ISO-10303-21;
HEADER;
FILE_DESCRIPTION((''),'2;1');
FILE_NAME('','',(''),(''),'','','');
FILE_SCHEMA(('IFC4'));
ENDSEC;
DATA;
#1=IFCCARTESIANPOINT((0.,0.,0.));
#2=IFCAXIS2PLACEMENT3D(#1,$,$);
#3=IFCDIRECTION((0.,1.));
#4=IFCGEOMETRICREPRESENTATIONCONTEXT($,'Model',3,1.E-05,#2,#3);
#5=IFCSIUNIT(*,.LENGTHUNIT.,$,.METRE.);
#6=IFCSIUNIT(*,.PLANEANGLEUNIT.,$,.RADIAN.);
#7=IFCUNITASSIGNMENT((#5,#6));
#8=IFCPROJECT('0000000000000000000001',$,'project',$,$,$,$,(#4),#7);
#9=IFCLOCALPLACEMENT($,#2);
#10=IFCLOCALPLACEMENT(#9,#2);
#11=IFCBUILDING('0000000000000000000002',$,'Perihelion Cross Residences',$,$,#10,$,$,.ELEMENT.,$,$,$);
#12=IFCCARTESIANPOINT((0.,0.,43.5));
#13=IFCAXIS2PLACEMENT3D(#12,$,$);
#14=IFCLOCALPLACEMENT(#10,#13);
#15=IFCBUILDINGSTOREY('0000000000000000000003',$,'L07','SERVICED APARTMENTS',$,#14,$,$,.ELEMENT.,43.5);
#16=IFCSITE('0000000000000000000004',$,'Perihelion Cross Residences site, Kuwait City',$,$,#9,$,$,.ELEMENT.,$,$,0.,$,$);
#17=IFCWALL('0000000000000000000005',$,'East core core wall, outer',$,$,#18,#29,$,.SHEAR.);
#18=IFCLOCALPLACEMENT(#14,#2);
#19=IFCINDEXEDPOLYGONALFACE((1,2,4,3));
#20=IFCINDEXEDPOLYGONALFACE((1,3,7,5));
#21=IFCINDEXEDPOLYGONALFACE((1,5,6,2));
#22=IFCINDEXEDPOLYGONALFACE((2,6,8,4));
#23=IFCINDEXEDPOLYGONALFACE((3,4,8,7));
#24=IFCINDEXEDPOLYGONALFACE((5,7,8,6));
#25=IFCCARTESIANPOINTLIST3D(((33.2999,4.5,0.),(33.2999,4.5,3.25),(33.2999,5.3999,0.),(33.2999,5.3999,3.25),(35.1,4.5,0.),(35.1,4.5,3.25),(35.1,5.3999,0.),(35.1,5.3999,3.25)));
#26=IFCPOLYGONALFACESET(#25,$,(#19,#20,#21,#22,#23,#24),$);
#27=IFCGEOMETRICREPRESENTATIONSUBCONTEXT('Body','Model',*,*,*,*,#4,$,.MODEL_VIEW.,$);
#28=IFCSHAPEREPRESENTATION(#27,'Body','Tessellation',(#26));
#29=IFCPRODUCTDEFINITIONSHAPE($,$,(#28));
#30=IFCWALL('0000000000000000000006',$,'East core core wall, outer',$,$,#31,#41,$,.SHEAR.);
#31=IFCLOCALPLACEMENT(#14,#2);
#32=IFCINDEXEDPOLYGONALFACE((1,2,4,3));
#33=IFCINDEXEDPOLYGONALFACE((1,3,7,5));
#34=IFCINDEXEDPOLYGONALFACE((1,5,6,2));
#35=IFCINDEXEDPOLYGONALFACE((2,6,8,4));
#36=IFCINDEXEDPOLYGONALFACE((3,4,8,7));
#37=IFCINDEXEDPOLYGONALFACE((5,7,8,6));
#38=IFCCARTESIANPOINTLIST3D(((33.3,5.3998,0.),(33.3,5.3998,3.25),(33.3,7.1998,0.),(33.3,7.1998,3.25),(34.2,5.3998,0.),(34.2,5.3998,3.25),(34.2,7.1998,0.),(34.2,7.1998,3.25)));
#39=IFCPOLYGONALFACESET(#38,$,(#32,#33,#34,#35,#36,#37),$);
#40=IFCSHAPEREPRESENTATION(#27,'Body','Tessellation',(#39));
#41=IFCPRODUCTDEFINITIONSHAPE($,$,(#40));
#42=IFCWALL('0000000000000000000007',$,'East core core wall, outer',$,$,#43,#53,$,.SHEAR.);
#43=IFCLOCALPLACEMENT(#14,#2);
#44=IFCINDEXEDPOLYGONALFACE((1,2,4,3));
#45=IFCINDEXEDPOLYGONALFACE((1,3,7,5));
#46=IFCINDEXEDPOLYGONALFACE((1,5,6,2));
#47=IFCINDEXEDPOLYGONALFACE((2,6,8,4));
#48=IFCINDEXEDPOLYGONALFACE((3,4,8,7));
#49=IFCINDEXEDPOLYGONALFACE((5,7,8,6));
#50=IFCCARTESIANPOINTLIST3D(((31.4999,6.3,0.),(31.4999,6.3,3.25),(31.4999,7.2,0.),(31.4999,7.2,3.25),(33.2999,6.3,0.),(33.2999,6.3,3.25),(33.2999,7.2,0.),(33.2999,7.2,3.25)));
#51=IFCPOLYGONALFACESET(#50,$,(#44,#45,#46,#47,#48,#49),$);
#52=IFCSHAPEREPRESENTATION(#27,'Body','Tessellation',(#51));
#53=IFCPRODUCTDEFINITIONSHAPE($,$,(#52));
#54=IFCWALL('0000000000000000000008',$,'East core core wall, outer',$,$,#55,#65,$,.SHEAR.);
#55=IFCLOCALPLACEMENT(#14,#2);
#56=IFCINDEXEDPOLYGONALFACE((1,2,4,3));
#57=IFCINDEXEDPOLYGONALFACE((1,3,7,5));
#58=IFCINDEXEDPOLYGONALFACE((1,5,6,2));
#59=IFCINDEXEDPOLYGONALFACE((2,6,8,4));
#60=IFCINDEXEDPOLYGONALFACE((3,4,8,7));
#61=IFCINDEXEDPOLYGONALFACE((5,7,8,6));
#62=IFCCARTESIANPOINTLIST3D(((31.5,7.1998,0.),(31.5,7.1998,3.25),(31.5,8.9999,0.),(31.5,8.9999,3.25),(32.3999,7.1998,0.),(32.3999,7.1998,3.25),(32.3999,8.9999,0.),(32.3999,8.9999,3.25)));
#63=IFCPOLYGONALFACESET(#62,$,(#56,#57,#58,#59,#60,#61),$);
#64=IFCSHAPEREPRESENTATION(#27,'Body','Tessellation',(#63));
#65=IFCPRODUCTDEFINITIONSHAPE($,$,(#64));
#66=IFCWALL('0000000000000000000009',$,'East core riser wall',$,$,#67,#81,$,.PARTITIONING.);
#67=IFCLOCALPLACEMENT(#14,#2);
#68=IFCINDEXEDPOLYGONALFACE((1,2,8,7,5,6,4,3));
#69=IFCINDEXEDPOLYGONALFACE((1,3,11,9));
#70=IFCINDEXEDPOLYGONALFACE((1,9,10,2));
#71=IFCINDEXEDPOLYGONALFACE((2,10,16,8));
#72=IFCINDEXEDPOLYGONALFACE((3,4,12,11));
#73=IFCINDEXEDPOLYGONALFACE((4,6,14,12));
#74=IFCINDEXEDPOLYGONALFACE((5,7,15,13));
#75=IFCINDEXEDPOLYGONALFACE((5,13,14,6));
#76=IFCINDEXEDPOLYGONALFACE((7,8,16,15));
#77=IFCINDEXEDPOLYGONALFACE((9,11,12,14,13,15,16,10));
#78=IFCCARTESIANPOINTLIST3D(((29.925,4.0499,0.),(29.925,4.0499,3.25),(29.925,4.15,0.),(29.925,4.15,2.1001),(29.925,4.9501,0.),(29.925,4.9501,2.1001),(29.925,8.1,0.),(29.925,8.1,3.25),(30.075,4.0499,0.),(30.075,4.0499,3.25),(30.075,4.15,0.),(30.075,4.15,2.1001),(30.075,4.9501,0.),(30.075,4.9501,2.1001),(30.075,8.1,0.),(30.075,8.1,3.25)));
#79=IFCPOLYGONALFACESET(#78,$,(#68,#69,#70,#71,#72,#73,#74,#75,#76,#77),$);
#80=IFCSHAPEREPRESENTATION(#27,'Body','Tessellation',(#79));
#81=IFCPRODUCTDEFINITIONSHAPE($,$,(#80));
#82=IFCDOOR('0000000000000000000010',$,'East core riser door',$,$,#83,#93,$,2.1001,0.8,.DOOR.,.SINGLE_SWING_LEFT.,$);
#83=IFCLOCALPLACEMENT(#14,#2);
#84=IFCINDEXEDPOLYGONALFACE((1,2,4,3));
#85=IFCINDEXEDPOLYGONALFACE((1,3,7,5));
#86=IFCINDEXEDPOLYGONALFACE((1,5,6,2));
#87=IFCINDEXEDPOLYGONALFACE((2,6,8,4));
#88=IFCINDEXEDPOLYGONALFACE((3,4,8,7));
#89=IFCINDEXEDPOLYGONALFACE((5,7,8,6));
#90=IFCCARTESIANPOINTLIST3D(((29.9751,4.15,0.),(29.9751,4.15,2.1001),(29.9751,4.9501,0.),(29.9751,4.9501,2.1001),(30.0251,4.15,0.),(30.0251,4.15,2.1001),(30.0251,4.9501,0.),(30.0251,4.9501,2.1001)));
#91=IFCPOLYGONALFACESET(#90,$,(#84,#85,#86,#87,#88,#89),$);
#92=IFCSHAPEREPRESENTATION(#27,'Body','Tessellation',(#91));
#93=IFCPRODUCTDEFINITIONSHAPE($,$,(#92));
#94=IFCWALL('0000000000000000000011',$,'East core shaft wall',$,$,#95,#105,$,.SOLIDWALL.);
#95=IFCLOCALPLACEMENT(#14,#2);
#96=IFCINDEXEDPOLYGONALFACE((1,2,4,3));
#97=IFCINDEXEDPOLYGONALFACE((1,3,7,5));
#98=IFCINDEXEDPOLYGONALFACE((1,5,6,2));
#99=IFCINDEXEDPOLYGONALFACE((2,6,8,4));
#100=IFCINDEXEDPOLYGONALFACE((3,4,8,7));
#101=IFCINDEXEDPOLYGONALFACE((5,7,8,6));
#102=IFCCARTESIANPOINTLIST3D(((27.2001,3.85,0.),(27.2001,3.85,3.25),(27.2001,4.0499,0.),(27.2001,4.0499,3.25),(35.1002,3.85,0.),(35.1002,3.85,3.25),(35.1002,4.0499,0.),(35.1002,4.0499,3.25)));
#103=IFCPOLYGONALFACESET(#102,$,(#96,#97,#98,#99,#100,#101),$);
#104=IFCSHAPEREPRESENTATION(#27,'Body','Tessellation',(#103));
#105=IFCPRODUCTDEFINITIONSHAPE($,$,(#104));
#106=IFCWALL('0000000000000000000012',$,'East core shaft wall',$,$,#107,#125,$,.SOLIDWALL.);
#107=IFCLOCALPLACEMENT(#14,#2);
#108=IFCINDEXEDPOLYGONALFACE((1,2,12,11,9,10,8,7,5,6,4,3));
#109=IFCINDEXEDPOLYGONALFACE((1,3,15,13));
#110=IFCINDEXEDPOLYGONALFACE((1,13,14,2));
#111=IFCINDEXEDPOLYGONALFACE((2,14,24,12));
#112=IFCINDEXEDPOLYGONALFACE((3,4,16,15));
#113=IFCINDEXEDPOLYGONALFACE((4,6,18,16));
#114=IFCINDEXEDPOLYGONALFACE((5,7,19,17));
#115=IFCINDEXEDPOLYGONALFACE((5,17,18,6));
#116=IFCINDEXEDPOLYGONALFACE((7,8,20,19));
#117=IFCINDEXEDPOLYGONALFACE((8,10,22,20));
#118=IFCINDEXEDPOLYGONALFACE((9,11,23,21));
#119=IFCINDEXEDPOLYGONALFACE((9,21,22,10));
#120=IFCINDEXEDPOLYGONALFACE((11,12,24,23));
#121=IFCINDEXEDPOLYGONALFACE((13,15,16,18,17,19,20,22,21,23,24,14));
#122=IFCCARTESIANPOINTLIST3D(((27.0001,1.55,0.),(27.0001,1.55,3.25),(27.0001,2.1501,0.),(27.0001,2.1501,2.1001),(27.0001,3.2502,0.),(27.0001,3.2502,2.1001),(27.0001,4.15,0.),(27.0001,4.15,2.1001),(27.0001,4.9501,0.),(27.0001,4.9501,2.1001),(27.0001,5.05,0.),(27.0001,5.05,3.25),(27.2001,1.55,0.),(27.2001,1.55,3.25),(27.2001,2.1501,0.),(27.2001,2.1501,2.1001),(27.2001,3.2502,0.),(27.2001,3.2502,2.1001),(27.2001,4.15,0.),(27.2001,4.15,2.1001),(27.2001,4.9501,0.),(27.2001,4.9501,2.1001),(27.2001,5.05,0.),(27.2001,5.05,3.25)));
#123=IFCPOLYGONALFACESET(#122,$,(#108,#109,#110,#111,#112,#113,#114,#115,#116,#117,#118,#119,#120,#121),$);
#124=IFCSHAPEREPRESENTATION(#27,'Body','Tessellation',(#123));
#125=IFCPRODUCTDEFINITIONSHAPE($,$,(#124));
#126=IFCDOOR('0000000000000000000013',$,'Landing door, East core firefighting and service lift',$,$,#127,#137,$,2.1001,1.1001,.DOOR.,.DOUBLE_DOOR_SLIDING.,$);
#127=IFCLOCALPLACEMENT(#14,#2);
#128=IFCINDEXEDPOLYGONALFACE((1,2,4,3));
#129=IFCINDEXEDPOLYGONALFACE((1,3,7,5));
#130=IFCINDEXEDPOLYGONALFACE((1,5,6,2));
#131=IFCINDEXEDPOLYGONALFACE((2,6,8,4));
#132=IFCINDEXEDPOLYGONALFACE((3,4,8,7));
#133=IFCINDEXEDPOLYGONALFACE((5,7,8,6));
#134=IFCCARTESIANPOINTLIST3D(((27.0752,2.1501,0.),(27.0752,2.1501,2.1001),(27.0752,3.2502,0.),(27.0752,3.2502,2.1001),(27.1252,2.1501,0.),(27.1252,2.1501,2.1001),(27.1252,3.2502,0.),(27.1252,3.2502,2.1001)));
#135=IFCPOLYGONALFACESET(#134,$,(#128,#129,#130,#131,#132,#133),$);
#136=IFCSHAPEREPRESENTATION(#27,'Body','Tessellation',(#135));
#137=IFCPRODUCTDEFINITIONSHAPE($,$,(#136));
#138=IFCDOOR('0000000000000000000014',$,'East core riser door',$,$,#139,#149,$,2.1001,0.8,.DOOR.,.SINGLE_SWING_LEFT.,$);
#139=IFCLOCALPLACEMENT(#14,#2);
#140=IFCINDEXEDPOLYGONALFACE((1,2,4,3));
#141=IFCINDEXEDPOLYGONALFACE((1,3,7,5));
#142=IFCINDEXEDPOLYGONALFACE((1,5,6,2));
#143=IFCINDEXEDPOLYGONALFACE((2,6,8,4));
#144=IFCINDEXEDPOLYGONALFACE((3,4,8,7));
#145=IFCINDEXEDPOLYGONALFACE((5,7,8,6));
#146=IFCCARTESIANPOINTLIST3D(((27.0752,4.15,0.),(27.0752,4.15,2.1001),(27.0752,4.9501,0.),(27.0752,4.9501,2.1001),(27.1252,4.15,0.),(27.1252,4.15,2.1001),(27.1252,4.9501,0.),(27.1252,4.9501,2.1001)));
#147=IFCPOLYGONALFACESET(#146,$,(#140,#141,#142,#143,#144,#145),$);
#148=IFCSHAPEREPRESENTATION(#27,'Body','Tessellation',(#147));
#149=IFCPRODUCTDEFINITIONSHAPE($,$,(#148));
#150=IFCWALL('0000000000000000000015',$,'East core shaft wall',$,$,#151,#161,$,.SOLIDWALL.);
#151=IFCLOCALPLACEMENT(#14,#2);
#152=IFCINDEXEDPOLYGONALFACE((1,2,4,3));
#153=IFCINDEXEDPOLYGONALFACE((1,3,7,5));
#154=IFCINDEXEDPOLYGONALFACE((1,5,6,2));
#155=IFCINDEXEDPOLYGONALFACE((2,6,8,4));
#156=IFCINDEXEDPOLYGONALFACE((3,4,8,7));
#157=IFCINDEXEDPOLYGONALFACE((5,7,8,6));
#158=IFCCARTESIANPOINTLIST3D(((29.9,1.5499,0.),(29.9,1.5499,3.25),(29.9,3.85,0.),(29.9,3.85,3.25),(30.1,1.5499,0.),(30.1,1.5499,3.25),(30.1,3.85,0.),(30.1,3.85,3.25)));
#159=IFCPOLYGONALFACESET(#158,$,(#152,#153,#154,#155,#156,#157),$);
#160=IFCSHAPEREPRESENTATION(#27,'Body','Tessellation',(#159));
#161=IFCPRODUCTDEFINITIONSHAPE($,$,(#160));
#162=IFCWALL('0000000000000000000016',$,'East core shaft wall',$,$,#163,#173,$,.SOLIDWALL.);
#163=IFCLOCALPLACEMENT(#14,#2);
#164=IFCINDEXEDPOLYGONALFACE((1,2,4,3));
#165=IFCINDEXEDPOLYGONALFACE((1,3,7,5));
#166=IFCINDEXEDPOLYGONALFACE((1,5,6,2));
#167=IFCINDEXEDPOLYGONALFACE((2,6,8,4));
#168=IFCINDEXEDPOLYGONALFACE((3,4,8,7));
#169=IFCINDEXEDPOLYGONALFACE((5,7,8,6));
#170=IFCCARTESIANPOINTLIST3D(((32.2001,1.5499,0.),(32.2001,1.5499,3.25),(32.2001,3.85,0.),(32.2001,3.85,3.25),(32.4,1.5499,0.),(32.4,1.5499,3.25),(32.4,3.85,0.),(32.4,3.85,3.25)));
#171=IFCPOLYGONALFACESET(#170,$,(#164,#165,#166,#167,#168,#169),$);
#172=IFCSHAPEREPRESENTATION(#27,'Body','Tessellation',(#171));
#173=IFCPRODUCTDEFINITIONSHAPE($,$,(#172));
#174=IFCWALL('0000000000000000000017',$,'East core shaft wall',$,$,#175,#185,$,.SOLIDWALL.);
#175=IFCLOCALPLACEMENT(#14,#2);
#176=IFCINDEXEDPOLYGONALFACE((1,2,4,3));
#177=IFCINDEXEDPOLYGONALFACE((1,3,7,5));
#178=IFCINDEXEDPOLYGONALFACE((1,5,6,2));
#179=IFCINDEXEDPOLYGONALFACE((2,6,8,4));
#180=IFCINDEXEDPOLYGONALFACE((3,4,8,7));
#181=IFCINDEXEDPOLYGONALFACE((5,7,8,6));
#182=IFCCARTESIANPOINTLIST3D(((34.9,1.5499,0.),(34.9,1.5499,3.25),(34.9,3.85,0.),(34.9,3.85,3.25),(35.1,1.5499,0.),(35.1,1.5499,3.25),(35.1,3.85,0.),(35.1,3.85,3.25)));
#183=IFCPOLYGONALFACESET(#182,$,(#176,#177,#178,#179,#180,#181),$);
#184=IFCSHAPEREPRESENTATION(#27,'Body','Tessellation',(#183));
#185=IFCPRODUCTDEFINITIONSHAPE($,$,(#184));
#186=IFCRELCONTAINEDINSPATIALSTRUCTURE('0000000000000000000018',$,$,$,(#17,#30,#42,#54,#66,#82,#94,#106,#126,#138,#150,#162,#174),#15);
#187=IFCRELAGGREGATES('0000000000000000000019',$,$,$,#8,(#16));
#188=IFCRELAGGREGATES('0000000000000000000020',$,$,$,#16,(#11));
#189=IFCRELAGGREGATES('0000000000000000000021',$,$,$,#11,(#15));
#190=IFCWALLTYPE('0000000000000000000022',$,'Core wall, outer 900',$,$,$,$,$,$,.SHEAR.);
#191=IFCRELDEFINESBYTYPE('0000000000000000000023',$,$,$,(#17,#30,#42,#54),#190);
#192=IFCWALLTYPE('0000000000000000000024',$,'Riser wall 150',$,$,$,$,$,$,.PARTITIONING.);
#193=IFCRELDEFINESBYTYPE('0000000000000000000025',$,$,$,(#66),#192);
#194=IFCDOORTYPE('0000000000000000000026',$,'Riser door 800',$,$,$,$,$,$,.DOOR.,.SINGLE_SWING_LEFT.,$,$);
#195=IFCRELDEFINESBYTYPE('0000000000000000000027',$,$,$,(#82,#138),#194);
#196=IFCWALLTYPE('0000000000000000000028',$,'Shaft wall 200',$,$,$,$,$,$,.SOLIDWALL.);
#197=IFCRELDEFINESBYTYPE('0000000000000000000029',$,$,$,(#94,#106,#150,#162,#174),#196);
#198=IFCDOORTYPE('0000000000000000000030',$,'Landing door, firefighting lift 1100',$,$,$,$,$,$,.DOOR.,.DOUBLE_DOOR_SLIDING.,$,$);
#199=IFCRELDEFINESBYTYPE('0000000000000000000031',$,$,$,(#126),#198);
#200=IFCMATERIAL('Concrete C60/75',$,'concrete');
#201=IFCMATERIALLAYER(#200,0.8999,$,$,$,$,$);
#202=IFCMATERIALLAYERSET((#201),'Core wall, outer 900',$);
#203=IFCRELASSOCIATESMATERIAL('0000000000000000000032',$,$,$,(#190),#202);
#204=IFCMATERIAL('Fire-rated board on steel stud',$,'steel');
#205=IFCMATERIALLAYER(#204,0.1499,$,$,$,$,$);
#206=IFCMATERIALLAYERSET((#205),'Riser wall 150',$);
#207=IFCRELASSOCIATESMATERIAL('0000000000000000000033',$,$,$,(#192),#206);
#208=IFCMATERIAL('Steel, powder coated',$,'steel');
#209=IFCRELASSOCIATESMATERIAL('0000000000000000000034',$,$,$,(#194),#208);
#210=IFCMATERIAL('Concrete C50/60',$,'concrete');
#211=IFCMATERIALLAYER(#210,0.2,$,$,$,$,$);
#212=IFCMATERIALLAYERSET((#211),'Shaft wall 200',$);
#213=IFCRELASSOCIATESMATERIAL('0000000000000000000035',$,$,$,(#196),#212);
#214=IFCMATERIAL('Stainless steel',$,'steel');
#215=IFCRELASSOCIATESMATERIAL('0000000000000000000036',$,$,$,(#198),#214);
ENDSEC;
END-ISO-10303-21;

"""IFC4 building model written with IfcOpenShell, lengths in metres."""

from ifc_helpers import new_model, si_unit, direction, frame, frame_2d, origin, place, context, subcontext, project, spatial, rectangle, extrude, material, layer, layer_set, type_object, element, fill, save


model = new_model("IFC4")

# Units and contexts
model_context = context("Model", 3, precision=1e-05, world=origin(), true_north=direction((0.0, 1.0)))
body_context = subcontext(model_context, "Body", "Model", "MODEL_VIEW")
ifc_project = project(units=[si_unit("LENGTHUNIT", "METRE"), si_unit("PLANEANGLEUNIT", "RADIAN")], contexts=[model_context])

# Site, building, storey
site_placement = place(None, origin())
site = spatial("IfcSite", under=ifc_project, at=site_placement, Name="Perihelion Cross Residences site, Kuwait City", CompositionType="ELEMENT", RefElevation=0.0)
building_placement = place(site_placement, origin())
building = spatial("IfcBuilding", under=site, at=building_placement, Name="Perihelion Cross Residences", CompositionType="ELEMENT")
storey_placement = place(building_placement, frame((0.0, 0.0, 43.5)))
storey = spatial("IfcBuildingStorey", under=building, at=storey_placement, Name="L07", Description="SERVICED APARTMENTS", CompositionType="ELEMENT", Elevation=43.5)

# Walls
ifc_material_1 = material(Name="Concrete C60/75", Category="concrete")
ifc_layer_1 = layer(ifc_material_1, 0.8999)
ifc_layer_set_1 = layer_set([ifc_layer_1], Name="Core wall, outer 900")
wall_type_1 = type_object("IfcWallType", Name="Core wall, outer 900", PredefinedType="SHEAR", material=ifc_layer_set_1)
for number, where, z_axis, x_axis, name in (
    (1, (33.3, 4.95, 0.0), (0.0, 0.0, 1.0), (1.0, 0.0, 0.0), "East core core wall, outer"),
    (2, (33.75, 5.3999, 0.0), (0.0, 0.0, 1.0), (0.0, 1.0, 0.0), "East core core wall, outer"),
    (3, (31.5, 6.75, 0.0), (0.0, 0.0, 1.0), (1.0, 0.0, 0.0), "East core core wall, outer"),
    (4, (31.95, 7.2, 0.0), (0.0, 0.0, 1.0), (0.0, 1.0, 0.0), "East core core wall, outer"),
):
    element("IfcWall", number, at=place(storey_placement, frame(where, z_axis=z_axis, x_axis=x_axis)), inside=storey, type_object=wall_type_1, Name=name, PredefinedType="SHEAR", context=body_context, shape_type="SweptSolid", body=[
        extrude(rectangle(XDim=1.8, YDim=0.8999, at=frame_2d((0.8999, 0.0))), origin(), (0.0, 0.0, 1.0), 3.25),
    ])

# Wall, opening, door
ifc_material_2 = material(Name="Fire-rated board on steel stud", Category="steel")
ifc_layer_2 = layer(ifc_material_2, 0.1499)
ifc_layer_set_2 = layer_set([ifc_layer_2], Name="Riser wall 150")
wall_type_2 = type_object("IfcWallType", Name="Riser wall 150", PredefinedType="PARTITIONING", material=ifc_layer_set_2)
wall_1_placement = place(storey_placement, frame((30.0, 4.05, 0.0), z_axis=(0.0, 0.0, 1.0), x_axis=(0.0, 1.0, 0.0)))
wall_1 = element("IfcWall", 5, at=wall_1_placement, inside=storey, type_object=wall_type_2, Name="East core riser wall", PredefinedType="PARTITIONING", context=body_context, shape_type="SweptSolid", body=[
    extrude(rectangle(XDim=4.05, YDim=0.1499, at=frame_2d((2.0249, 0.0))), origin(), (0.0, 0.0, 1.0), 3.25),
])
opening_1_placement = place(wall_1_placement, frame((0.1001, 0.0, 0.0)))
opening_1 = element("IfcOpeningElement", 6, at=opening_1_placement, cuts=wall_1, PredefinedType="OPENING", context=body_context, shape_type="SweptSolid", body=[
    extrude(rectangle(XDim=0.8, YDim=2.1001, at=frame_2d((0.3999, 1.05))), frame((0.0, 0.085, 0.0), z_axis=(0.0, -1.0, 0.0), x_axis=(1.0, 0.0, 0.0)), (0.0, 0.0, 1.0), 0.1699),
])
ifc_material_3 = material(Name="Steel, powder coated", Category="steel")
door_type_1 = type_object("IfcDoorType", Name="Riser door 800", OperationType="SINGLE_SWING_LEFT", PredefinedType="DOOR", material=ifc_material_3)
door_1_placement = place(opening_1_placement, origin())
door_1 = element("IfcDoor", 7, at=door_1_placement, inside=storey, type_object=door_type_1, Name="East core riser door", OperationType="SINGLE_SWING_LEFT", OverallHeight=2.1001, OverallWidth=0.8, PredefinedType="DOOR", context=body_context, shape_type="SweptSolid", body=[
    extrude(rectangle(XDim=0.8, YDim=2.1001, at=frame_2d((0.3999, 1.05))), frame((0.0, 0.0249, 0.0), z_axis=(0.0, -1.0, 0.0), x_axis=(1.0, 0.0, 0.0)), (0.0, 0.0, 1.0), 0.05),
])
fill(opening_1, door_1)

# Wall
ifc_material_4 = material(Name="Concrete C50/60", Category="concrete")
ifc_layer_3 = layer(ifc_material_4, 0.2)
ifc_layer_set_3 = layer_set([ifc_layer_3], Name="Shaft wall 200")
wall_type_3 = type_object("IfcWallType", Name="Shaft wall 200", PredefinedType="SOLIDWALL", material=ifc_layer_set_3)
wall_2_placement = place(storey_placement, frame((27.2, 3.95, 0.0), z_axis=(0.0, 0.0, 1.0), x_axis=(1.0, 0.0, 0.0)))
element("IfcWall", 8, at=wall_2_placement, inside=storey, type_object=wall_type_3, Name="East core shaft wall", PredefinedType="SOLIDWALL", context=body_context, shape_type="SweptSolid", body=[
    extrude(rectangle(XDim=7.9001, YDim=0.2, at=frame_2d((3.9502, 0.0))), origin(), (0.0, 0.0, 1.0), 3.25),
])

# Wall, openings, doors
wall_3_placement = place(storey_placement, frame((27.1001, 1.55, 0.0), z_axis=(0.0, 0.0, 1.0), x_axis=(0.0, 1.0, 0.0)))
wall_3 = element("IfcWall", 9, at=wall_3_placement, inside=storey, type_object=wall_type_3, Name="East core shaft wall", PredefinedType="SOLIDWALL", context=body_context, shape_type="SweptSolid", body=[
    extrude(rectangle(XDim=3.5, YDim=0.2, at=frame_2d((1.75, 0.0))), origin(), (0.0, 0.0, 1.0), 3.25),
])
opening_2_placement = place(wall_3_placement, frame((0.6001, 0.0, 0.0)))
opening_2 = element("IfcOpeningElement", 10, at=opening_2_placement, cuts=wall_3, PredefinedType="OPENING", context=body_context, shape_type="SweptSolid", body=[
    extrude(rectangle(XDim=1.1001, YDim=2.1001, at=frame_2d((0.55, 1.05))), frame((0.0, 0.1099, 0.0), z_axis=(0.0, -1.0, 0.0), x_axis=(1.0, 0.0, 0.0)), (0.0, 0.0, 1.0), 0.22),
])
opening_3_placement = place(wall_3_placement, frame((2.6001, 0.0, 0.0)))
opening_3 = element("IfcOpeningElement", 11, at=opening_3_placement, cuts=wall_3, PredefinedType="OPENING", context=body_context, shape_type="SweptSolid", body=[
    extrude(rectangle(XDim=0.8, YDim=2.1001, at=frame_2d((0.3999, 1.05))), frame((0.0, 0.1099, 0.0), z_axis=(0.0, -1.0, 0.0), x_axis=(1.0, 0.0, 0.0)), (0.0, 0.0, 1.0), 0.22),
])
ifc_material_5 = material(Name="Stainless steel", Category="steel")
door_type_2 = type_object("IfcDoorType", Name="Landing door, firefighting lift 1100", OperationType="DOUBLE_DOOR_SLIDING", PredefinedType="DOOR", material=ifc_material_5)
door_2_placement = place(opening_2_placement, origin())
door_2 = element("IfcDoor", 12, at=door_2_placement, inside=storey, type_object=door_type_2, Name="Landing door, East core firefighting and service lift", OperationType="DOUBLE_DOOR_SLIDING", OverallHeight=2.1001, OverallWidth=1.1001, PredefinedType="DOOR", context=body_context, shape_type="SweptSolid", body=[
    extrude(rectangle(XDim=1.1001, YDim=2.1001, at=frame_2d((0.55, 1.05))), frame((0.0, 0.0249, 0.0), z_axis=(0.0, -1.0, 0.0), x_axis=(1.0, 0.0, 0.0)), (0.0, 0.0, 1.0), 0.05),
])
fill(opening_2, door_2)
door_3_placement = place(opening_3_placement, origin())
door_3 = element("IfcDoor", 13, at=door_3_placement, inside=storey, type_object=door_type_1, Name="East core riser door", OperationType="SINGLE_SWING_LEFT", OverallHeight=2.1001, OverallWidth=0.8, PredefinedType="DOOR", context=body_context, shape_type="SweptSolid", body=[
    extrude(rectangle(XDim=0.8, YDim=2.1001, at=frame_2d((0.3999, 1.05))), frame((0.0, 0.0249, 0.0), z_axis=(0.0, -1.0, 0.0), x_axis=(1.0, 0.0, 0.0)), (0.0, 0.0, 1.0), 0.05),
])
fill(opening_3, door_3)

# Walls
for number, where, z_axis, x_axis, name in (
    (14, (30.0, 1.55, 0.0), (0.0, 0.0, 1.0), (0.0, 1.0, 0.0), "East core shaft wall"),
    (15, (32.3, 1.55, 0.0), (0.0, 0.0, 1.0), (0.0, 1.0, 0.0), "East core shaft wall"),
    (16, (35.0, 1.55, 0.0), (0.0, 0.0, 1.0), (0.0, 1.0, 0.0), "East core shaft wall"),
):
    element("IfcWall", number, at=place(storey_placement, frame(where, z_axis=z_axis, x_axis=x_axis)), inside=storey, type_object=wall_type_3, Name=name, PredefinedType="SOLIDWALL", context=body_context, shape_type="SweptSolid", body=[
        extrude(rectangle(XDim=2.3, YDim=0.2, at=frame_2d((1.1499, 0.0))), origin(), (0.0, 0.0, 1.0), 3.25),
    ])

save(model, "model.ifc")
